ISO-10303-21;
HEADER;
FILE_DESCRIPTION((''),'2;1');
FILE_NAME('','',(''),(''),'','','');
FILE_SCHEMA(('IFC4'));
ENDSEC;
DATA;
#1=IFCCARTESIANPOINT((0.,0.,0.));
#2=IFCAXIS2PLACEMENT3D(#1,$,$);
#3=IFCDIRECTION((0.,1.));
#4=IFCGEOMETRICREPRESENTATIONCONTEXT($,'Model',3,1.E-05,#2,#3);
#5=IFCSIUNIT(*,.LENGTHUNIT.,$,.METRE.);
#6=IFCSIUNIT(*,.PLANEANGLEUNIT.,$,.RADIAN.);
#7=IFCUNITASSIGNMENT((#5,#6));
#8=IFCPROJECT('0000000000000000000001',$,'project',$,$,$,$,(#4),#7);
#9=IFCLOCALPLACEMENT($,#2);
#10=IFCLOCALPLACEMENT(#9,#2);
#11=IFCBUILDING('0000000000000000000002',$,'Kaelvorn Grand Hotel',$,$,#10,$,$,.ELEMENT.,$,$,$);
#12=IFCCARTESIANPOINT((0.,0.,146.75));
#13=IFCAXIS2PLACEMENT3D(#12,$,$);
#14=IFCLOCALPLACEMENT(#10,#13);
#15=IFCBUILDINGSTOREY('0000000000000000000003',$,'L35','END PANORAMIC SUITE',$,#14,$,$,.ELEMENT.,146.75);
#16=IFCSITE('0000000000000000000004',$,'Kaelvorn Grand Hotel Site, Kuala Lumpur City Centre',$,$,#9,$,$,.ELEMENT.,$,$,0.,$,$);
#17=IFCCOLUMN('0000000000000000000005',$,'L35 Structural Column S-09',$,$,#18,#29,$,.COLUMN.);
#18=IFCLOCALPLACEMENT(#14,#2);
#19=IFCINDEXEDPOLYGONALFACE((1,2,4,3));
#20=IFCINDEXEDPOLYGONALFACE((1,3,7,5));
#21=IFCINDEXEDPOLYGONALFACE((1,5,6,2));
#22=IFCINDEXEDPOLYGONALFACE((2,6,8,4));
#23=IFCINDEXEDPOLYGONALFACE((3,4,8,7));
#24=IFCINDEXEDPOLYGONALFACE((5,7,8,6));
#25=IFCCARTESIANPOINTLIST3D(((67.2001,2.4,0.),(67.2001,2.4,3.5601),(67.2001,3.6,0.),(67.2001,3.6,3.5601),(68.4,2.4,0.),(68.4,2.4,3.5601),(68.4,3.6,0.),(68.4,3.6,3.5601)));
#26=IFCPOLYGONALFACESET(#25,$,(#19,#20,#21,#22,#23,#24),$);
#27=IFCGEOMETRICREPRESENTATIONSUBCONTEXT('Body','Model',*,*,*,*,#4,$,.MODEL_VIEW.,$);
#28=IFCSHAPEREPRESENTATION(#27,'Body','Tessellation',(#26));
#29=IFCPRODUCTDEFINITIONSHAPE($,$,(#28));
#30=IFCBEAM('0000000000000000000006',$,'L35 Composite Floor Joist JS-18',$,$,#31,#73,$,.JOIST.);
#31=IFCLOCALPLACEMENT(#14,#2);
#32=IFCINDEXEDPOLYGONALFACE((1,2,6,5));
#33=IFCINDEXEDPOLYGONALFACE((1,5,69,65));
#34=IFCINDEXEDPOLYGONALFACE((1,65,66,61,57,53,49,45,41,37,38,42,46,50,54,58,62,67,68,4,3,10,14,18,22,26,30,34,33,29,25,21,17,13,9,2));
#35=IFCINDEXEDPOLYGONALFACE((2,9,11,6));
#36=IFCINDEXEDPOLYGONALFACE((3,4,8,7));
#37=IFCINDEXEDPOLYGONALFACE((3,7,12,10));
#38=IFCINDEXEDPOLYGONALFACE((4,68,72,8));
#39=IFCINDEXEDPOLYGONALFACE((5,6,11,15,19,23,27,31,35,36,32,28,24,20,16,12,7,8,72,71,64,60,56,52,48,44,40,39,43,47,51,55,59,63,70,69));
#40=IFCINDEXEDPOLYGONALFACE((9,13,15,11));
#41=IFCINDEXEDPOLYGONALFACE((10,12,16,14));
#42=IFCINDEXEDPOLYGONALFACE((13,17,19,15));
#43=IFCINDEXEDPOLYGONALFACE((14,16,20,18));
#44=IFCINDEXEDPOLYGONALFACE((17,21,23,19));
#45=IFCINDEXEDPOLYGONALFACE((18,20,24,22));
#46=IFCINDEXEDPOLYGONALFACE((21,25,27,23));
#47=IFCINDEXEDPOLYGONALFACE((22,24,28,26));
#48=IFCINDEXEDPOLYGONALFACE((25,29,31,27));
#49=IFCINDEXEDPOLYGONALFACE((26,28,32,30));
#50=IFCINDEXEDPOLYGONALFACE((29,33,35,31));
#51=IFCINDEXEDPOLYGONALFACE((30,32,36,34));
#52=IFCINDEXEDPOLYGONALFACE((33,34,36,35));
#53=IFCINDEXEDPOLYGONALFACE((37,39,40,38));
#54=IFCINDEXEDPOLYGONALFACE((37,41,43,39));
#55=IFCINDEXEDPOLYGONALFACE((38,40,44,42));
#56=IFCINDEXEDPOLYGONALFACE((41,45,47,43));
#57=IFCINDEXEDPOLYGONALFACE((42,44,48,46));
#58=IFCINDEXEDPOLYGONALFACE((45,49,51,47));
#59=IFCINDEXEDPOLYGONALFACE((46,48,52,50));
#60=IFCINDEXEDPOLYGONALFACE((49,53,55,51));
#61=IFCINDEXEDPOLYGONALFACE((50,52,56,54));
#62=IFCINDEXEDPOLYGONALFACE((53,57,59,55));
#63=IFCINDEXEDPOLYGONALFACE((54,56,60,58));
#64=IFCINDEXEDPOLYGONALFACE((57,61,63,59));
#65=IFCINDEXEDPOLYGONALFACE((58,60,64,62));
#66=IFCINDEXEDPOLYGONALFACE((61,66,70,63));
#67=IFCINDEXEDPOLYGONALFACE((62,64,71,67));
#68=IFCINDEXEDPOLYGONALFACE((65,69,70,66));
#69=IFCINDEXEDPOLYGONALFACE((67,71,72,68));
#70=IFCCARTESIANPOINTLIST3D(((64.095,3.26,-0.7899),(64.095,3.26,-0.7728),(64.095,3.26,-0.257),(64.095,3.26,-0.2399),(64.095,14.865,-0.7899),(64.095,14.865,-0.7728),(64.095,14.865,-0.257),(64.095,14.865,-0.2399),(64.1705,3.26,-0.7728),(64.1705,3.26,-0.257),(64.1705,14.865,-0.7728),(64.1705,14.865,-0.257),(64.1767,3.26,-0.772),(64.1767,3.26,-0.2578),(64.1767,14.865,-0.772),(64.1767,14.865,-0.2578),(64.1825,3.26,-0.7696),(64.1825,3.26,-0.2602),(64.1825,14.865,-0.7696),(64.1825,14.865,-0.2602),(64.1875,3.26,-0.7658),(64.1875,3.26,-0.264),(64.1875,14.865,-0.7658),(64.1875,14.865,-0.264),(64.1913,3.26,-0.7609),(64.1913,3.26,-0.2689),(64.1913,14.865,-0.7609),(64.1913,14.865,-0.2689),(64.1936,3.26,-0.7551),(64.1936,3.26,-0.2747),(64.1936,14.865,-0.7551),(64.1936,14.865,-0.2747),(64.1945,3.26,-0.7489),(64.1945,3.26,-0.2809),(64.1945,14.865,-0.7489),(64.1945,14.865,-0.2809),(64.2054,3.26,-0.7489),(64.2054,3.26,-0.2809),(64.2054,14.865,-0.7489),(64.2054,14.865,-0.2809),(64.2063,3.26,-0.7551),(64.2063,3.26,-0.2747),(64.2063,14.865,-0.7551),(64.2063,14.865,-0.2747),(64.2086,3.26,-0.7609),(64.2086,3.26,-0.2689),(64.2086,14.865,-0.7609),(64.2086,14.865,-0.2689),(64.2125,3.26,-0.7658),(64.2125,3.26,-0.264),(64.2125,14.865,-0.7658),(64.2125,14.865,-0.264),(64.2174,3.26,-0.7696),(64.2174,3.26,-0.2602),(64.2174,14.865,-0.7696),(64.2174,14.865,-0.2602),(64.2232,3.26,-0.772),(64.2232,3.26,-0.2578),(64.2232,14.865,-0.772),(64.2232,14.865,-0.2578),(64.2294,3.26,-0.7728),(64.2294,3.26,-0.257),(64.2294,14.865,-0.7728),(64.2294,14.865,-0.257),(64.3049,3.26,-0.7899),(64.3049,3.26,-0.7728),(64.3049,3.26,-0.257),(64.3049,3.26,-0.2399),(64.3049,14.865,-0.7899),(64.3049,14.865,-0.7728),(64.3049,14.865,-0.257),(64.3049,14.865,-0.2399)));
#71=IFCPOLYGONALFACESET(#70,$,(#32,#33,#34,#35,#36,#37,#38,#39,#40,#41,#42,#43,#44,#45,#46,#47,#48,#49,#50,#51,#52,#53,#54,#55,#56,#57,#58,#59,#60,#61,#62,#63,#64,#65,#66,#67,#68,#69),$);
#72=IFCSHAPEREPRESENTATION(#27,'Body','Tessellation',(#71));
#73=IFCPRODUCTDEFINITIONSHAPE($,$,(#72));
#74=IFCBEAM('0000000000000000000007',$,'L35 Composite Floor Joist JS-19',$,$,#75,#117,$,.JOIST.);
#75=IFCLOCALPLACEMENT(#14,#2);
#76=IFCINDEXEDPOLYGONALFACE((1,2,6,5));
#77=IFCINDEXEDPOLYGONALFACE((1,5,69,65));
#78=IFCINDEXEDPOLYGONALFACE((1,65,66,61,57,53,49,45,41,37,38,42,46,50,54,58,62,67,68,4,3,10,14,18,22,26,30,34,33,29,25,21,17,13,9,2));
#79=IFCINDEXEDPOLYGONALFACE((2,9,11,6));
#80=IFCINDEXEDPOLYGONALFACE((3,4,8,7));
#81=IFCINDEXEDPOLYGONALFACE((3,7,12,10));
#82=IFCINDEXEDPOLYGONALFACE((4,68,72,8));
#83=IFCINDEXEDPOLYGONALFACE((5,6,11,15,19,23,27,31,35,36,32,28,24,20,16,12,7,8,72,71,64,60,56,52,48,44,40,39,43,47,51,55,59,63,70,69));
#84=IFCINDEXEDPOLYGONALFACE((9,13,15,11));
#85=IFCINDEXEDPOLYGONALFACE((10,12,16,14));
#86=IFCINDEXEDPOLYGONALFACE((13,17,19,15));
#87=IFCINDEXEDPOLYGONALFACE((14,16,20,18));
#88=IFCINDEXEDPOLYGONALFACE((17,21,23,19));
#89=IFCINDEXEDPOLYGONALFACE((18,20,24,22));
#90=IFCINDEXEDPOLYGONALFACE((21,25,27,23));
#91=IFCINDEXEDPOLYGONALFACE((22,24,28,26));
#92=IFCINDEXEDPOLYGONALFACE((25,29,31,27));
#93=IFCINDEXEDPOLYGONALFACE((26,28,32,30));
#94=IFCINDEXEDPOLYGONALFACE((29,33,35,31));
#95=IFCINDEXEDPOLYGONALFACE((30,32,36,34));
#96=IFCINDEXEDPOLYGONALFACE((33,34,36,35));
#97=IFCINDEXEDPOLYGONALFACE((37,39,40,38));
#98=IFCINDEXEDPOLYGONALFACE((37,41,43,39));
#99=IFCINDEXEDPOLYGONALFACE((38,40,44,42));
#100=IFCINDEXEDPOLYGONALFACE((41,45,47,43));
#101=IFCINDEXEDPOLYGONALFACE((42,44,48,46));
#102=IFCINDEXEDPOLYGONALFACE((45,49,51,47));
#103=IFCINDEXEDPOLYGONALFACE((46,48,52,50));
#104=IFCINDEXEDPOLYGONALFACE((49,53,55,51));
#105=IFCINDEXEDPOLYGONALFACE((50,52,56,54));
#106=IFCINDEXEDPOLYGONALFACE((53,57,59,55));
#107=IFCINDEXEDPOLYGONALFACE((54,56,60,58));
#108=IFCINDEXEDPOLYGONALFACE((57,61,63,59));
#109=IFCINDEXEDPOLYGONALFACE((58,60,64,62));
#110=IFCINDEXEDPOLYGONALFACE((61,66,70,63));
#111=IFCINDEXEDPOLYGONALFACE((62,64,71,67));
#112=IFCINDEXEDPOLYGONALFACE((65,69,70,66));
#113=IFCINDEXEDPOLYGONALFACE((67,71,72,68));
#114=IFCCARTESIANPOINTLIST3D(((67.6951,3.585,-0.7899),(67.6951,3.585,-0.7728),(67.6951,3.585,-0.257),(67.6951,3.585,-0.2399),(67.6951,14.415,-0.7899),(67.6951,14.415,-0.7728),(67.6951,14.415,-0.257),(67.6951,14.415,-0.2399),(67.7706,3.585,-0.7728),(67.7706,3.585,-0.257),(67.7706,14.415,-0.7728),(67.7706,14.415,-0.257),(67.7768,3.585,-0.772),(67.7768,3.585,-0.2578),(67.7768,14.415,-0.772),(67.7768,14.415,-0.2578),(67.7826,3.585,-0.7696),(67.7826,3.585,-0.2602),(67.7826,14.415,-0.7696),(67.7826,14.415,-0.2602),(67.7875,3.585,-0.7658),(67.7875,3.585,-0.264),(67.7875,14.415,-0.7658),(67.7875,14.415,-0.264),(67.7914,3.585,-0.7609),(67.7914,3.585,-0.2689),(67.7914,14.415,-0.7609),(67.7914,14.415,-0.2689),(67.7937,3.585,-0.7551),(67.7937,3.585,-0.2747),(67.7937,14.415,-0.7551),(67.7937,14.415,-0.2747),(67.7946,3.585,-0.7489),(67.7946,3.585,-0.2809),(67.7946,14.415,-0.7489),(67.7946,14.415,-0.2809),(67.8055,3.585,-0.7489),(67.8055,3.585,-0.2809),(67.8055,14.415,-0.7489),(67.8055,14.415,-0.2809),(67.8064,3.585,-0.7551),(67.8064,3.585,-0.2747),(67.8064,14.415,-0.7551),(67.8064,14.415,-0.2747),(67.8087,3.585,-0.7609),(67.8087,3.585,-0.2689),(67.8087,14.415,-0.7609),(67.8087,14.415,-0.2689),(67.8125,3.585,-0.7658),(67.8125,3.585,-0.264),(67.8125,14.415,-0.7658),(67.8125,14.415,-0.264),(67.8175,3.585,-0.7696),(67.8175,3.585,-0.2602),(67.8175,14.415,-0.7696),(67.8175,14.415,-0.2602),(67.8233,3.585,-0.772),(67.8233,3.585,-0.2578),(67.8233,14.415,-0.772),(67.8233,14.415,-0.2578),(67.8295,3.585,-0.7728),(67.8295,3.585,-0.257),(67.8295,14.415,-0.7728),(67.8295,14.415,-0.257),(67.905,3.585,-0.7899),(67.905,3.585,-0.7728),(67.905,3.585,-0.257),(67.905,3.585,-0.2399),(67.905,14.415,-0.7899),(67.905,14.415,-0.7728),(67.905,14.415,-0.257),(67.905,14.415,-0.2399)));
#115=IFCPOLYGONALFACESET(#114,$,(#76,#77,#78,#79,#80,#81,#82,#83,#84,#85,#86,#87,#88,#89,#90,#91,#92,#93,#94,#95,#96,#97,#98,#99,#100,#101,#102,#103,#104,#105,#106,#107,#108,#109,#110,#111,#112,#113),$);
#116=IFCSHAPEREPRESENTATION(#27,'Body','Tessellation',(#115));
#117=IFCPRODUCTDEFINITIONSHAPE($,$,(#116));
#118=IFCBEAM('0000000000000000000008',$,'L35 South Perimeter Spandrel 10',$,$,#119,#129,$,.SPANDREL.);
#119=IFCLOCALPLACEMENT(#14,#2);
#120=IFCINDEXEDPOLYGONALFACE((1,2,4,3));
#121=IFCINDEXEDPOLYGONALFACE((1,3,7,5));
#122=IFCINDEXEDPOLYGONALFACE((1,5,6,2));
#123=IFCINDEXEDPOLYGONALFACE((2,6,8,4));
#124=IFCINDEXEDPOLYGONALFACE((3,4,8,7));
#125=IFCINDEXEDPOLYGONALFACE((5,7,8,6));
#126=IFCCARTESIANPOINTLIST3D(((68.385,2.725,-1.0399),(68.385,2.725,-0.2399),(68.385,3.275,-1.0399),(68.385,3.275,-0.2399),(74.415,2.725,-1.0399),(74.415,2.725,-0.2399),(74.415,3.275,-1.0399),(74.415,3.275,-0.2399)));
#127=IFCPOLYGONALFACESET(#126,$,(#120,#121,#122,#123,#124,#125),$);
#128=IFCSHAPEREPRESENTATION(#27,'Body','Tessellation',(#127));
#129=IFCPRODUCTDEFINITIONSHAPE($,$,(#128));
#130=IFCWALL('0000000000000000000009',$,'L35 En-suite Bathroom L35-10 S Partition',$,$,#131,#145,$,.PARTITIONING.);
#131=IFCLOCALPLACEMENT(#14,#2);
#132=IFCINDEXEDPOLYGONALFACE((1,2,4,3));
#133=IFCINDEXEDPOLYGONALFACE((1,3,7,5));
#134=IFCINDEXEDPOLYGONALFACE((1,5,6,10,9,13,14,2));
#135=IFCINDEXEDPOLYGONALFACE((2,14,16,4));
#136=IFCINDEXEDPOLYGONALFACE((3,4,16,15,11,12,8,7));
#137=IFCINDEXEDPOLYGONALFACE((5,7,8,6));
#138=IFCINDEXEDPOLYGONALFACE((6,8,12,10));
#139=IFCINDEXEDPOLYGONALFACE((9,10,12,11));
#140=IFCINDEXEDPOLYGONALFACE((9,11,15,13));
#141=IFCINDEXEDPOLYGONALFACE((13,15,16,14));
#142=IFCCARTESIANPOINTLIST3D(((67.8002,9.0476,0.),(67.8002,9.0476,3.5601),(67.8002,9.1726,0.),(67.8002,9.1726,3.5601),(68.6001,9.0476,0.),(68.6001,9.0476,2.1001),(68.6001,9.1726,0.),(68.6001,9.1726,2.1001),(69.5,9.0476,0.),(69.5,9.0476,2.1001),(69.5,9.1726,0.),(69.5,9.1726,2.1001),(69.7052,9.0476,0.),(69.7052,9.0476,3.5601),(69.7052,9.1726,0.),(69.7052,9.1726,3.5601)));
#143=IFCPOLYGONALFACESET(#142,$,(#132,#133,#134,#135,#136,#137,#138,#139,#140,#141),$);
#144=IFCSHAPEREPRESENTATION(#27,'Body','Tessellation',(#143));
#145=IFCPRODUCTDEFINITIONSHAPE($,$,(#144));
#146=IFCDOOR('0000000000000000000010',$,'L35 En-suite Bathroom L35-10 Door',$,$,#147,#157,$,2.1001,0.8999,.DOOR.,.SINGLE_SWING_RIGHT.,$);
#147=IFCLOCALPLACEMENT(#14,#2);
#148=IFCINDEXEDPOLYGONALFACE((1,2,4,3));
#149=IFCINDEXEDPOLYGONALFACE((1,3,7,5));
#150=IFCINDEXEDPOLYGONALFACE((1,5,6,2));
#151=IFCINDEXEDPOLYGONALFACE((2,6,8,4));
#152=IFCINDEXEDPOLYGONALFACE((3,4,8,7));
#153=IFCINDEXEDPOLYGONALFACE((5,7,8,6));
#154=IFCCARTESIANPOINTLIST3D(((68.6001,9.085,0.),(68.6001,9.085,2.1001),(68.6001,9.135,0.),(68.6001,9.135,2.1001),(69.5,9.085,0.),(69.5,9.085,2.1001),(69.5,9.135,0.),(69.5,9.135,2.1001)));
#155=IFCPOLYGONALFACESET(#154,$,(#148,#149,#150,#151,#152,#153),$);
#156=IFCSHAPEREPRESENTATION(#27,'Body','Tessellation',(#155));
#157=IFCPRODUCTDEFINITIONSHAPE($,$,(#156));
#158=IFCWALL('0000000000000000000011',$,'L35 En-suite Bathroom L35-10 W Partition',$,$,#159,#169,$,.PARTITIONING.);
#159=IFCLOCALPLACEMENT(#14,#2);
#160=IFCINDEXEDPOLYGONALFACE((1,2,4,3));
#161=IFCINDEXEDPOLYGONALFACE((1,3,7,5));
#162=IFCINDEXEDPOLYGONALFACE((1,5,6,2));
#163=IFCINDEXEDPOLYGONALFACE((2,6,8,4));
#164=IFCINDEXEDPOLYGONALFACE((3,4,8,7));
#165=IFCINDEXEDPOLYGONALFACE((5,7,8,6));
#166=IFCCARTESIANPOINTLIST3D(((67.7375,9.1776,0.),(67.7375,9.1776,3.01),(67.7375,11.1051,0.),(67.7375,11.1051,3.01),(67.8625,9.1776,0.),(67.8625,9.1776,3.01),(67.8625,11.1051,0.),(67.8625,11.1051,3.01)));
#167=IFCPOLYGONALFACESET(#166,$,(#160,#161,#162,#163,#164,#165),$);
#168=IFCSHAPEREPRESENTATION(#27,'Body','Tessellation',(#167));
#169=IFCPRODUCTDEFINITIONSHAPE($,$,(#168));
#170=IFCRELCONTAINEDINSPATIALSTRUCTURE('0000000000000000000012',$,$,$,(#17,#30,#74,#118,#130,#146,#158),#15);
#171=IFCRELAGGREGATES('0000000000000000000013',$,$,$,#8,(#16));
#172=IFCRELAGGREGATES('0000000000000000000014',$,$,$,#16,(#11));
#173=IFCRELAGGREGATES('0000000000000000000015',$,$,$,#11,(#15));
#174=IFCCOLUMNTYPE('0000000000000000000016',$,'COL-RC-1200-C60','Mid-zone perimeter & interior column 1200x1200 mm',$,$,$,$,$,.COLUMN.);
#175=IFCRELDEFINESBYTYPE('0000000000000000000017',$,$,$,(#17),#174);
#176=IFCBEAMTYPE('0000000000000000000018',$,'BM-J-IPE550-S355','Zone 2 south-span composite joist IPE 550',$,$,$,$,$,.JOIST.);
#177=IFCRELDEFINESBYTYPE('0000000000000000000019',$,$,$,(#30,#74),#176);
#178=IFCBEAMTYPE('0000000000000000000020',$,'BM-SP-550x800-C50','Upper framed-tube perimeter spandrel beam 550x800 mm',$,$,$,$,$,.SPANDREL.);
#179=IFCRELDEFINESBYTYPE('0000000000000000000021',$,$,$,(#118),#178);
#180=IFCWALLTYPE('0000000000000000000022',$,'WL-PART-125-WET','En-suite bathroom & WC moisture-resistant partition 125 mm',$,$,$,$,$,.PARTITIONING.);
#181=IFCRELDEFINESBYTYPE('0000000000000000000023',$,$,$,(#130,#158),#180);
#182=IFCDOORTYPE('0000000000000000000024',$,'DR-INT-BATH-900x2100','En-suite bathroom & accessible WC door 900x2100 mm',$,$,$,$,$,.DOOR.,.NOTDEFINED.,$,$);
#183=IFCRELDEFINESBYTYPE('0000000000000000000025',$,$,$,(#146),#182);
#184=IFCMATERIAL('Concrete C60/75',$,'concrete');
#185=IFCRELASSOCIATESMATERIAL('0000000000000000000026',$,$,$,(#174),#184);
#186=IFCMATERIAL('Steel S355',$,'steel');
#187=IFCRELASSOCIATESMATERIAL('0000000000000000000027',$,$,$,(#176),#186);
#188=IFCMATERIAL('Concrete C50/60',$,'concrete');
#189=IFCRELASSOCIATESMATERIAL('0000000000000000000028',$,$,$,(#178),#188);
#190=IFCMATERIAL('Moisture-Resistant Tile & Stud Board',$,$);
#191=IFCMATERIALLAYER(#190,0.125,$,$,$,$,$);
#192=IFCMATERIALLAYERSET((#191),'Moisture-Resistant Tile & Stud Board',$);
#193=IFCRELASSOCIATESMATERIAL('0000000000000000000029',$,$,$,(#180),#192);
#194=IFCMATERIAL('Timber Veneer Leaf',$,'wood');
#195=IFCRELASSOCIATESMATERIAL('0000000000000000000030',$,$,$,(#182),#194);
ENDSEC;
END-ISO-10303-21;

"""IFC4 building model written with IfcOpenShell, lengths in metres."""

from ifc_helpers import new_model, si_unit, direction, frame, frame_2d, origin, origin_2d, place, context, subcontext, project, spatial, rectangle, i_section, extrude, material, layer, layer_set, material_profile, profile_set, type_object, element, fill, save


model = new_model("IFC4")

# Units and contexts
model_context = context("Model", 3, precision=1e-05, world=origin(), true_north=direction((0.0, 1.0)))
body_context = subcontext(model_context, "Body", "Model", "MODEL_VIEW")
ifc_project = project(units=[si_unit("LENGTHUNIT", "METRE"), si_unit("PLANEANGLEUNIT", "RADIAN")], contexts=[model_context])

# Site, building, storey
site_placement = place(None, origin())
site = spatial("IfcSite", under=ifc_project, at=site_placement, Name="Kaelvorn Grand Hotel Site, Kuala Lumpur City Centre", CompositionType="ELEMENT", RefElevation=0.0)
building_placement = place(site_placement, origin())
building = spatial("IfcBuilding", under=site, at=building_placement, Name="Kaelvorn Grand Hotel", CompositionType="ELEMENT")
storey_placement = place(building_placement, frame((0.0, 0.0, 146.75)))
storey = spatial("IfcBuildingStorey", under=building, at=storey_placement, Name="L35", Description="END PANORAMIC SUITE", CompositionType="ELEMENT", Elevation=146.75)

# Column
ifc_material_1 = material(Name="Concrete C60/75", Category="concrete")
ifc_material_profile_1 = material_profile(ifc_material_1, rectangle(XDim=1.2, YDim=1.2, at=origin_2d()), Name="RC COL 1200x1200")
ifc_profile_set_1 = profile_set([ifc_material_profile_1], Name="Concrete C60/75")
column_type = type_object("IfcColumnType", Name="COL-RC-1200-C60", Description="Mid-zone perimeter & interior column 1200x1200 mm", PredefinedType="COLUMN", material=ifc_profile_set_1)
column_placement = place(storey_placement, frame((67.8, 3.0, 0.0), z_axis=(0.0, 0.0, 1.0), x_axis=(1.0, 0.0, 0.0)))
element("IfcColumn", 1, at=column_placement, inside=storey, type_object=column_type, Name="L35 Structural Column S-09", PredefinedType="COLUMN", context=body_context, shape_type="SweptSolid", body=[
    extrude(rectangle(XDim=1.2, YDim=1.2, at=origin_2d()), origin(), (0.0, 0.0, 1.0), 3.5601),
])

# Beams
ifc_material_2 = material(Name="Steel S355", Category="steel")
ifc_material_profile_2 = material_profile(ifc_material_2, i_section(OverallWidth=0.21, OverallDepth=0.55, WebThickness=0.011, FlangeThickness=0.0171, FilletRadius=0.0239, at=origin_2d()), Name="IPE 550")
ifc_profile_set_2 = profile_set([ifc_material_profile_2], Name="Steel S355")
beam_type_1 = type_object("IfcBeamType", Name="BM-J-IPE550-S355", Description="Zone 2 south-span composite joist IPE 550", PredefinedType="JOIST", material=ifc_profile_set_2)
beam_1_placement = place(storey_placement, frame((64.2, 3.26, -0.5149), z_axis=(0.0, 1.0, 0.0), x_axis=(-1.0, 0.0, 0.0)))
element("IfcBeam", 2, at=beam_1_placement, inside=storey, type_object=beam_type_1, Name="L35 Composite Floor Joist JS-18", PredefinedType="JOIST", context=body_context, shape_type="SweptSolid", body=[
    extrude(i_section(OverallWidth=0.21, OverallDepth=0.55, WebThickness=0.011, FlangeThickness=0.0171, FilletRadius=0.0239, at=origin_2d()), origin(), (0.0, 0.0, 1.0), 11.605),
])
beam_2_placement = place(storey_placement, frame((67.8, 3.585, -0.5149), z_axis=(0.0, 1.0, 0.0), x_axis=(-1.0, 0.0, 0.0)))
element("IfcBeam", 3, at=beam_2_placement, inside=storey, type_object=beam_type_1, Name="L35 Composite Floor Joist JS-19", PredefinedType="JOIST", context=body_context, shape_type="SweptSolid", body=[
    extrude(i_section(OverallWidth=0.21, OverallDepth=0.55, WebThickness=0.011, FlangeThickness=0.0171, FilletRadius=0.0239, at=origin_2d()), origin(), (0.0, 0.0, 1.0), 10.8301),
])
ifc_material_3 = material(Name="Concrete C50/60", Category="concrete")
ifc_material_profile_3 = material_profile(ifc_material_3, rectangle(XDim=0.55, YDim=0.8, at=origin_2d()), Name="RC SPANDREL 550x800")
ifc_profile_set_3 = profile_set([ifc_material_profile_3], Name="Concrete C50/60")
beam_type_2 = type_object("IfcBeamType", Name="BM-SP-550x800-C50", Description="Upper framed-tube perimeter spandrel beam 550x800 mm", PredefinedType="SPANDREL", material=ifc_profile_set_3)
beam_3_placement = place(storey_placement, frame((68.385, 3.0, -0.6399), z_axis=(1.0, 0.0, 0.0), x_axis=(0.0, 1.0, 0.0)))
element("IfcBeam", 4, at=beam_3_placement, inside=storey, type_object=beam_type_2, Name="L35 South Perimeter Spandrel 10", PredefinedType="SPANDREL", context=body_context, shape_type="SweptSolid", body=[
    extrude(rectangle(XDim=0.55, YDim=0.8, at=origin_2d()), origin(), (0.0, 0.0, 1.0), 6.03),
])

# Wall, opening, door
ifc_material_4 = material(Name="Moisture-Resistant Tile & Stud Board")
ifc_layer_1 = layer(ifc_material_4, 0.125)
ifc_layer_set_1 = layer_set([ifc_layer_1], Name="Moisture-Resistant Tile & Stud Board")
wall_type_1 = type_object("IfcWallType", Name="WL-PART-125-WET", Description="En-suite bathroom & WC moisture-resistant partition 125 mm", PredefinedType="PARTITIONING", material=ifc_layer_set_1)
wall_1_placement = place(storey_placement, frame((67.8, 9.1101, 0.0), z_axis=(0.0, 0.0, 1.0), x_axis=(1.0, 0.0, 0.0)))
wall_1 = element("IfcWall", 5, at=wall_1_placement, inside=storey, type_object=wall_type_1, Name="L35 En-suite Bathroom L35-10 S Partition", PredefinedType="PARTITIONING", context=body_context, shape_type="SweptSolid", body=[
    extrude(rectangle(XDim=1.905, YDim=0.125, at=frame_2d((0.9526, 0.0))), origin(), (0.0, 0.0, 1.0), 3.5601),
])
opening_1_placement = place(wall_1_placement, frame((0.8, 0.0, 0.0)))
opening_1 = element("IfcOpeningElement", 6, at=opening_1_placement, cuts=wall_1, PredefinedType="OPENING", context=body_context, shape_type="SweptSolid", body=[
    extrude(rectangle(XDim=0.8999, YDim=2.1001, at=frame_2d((0.45, 1.05))), frame((0.0, 0.0725, 0.0), z_axis=(0.0, -1.0, 0.0), x_axis=(1.0, 0.0, 0.0)), (0.0, 0.0, 1.0), 0.145),
])
ifc_material_5 = material(Name="Timber Veneer Leaf", Category="wood")
door_type_1 = type_object("IfcDoorType", Name="DR-INT-BATH-900x2100", Description="En-suite bathroom & accessible WC door 900x2100 mm", OperationType="NOTDEFINED", PredefinedType="DOOR", material=ifc_material_5)
door_1_placement = place(opening_1_placement, origin())
door_1 = element("IfcDoor", 7, at=door_1_placement, inside=storey, type_object=door_type_1, Name="L35 En-suite Bathroom L35-10 Door", OperationType="SINGLE_SWING_RIGHT", OverallHeight=2.1001, OverallWidth=0.8999, PredefinedType="DOOR", context=body_context, shape_type="SweptSolid", body=[
    extrude(rectangle(XDim=0.8999, YDim=2.1001, at=frame_2d((0.45, 1.05))), frame((0.0, 0.0249, 0.0), z_axis=(0.0, -1.0, 0.0), x_axis=(1.0, 0.0, 0.0)), (0.0, 0.0, 1.0), 0.05),
])
fill(opening_1, door_1)

# Wall
wall_2_placement = place(storey_placement, frame((67.8, 9.1775, 0.0), z_axis=(0.0, 0.0, 1.0), x_axis=(0.0, 1.0, 0.0)))
element("IfcWall", 8, at=wall_2_placement, inside=storey, type_object=wall_type_1, Name="L35 En-suite Bathroom L35-10 W Partition", PredefinedType="PARTITIONING", context=body_context, shape_type="SweptSolid", body=[
    extrude(rectangle(XDim=1.9275, YDim=0.125, at=frame_2d((0.9639, 0.0))), origin(), (0.0, 0.0, 1.0), 3.01),
])

save(model, "model.ifc")
